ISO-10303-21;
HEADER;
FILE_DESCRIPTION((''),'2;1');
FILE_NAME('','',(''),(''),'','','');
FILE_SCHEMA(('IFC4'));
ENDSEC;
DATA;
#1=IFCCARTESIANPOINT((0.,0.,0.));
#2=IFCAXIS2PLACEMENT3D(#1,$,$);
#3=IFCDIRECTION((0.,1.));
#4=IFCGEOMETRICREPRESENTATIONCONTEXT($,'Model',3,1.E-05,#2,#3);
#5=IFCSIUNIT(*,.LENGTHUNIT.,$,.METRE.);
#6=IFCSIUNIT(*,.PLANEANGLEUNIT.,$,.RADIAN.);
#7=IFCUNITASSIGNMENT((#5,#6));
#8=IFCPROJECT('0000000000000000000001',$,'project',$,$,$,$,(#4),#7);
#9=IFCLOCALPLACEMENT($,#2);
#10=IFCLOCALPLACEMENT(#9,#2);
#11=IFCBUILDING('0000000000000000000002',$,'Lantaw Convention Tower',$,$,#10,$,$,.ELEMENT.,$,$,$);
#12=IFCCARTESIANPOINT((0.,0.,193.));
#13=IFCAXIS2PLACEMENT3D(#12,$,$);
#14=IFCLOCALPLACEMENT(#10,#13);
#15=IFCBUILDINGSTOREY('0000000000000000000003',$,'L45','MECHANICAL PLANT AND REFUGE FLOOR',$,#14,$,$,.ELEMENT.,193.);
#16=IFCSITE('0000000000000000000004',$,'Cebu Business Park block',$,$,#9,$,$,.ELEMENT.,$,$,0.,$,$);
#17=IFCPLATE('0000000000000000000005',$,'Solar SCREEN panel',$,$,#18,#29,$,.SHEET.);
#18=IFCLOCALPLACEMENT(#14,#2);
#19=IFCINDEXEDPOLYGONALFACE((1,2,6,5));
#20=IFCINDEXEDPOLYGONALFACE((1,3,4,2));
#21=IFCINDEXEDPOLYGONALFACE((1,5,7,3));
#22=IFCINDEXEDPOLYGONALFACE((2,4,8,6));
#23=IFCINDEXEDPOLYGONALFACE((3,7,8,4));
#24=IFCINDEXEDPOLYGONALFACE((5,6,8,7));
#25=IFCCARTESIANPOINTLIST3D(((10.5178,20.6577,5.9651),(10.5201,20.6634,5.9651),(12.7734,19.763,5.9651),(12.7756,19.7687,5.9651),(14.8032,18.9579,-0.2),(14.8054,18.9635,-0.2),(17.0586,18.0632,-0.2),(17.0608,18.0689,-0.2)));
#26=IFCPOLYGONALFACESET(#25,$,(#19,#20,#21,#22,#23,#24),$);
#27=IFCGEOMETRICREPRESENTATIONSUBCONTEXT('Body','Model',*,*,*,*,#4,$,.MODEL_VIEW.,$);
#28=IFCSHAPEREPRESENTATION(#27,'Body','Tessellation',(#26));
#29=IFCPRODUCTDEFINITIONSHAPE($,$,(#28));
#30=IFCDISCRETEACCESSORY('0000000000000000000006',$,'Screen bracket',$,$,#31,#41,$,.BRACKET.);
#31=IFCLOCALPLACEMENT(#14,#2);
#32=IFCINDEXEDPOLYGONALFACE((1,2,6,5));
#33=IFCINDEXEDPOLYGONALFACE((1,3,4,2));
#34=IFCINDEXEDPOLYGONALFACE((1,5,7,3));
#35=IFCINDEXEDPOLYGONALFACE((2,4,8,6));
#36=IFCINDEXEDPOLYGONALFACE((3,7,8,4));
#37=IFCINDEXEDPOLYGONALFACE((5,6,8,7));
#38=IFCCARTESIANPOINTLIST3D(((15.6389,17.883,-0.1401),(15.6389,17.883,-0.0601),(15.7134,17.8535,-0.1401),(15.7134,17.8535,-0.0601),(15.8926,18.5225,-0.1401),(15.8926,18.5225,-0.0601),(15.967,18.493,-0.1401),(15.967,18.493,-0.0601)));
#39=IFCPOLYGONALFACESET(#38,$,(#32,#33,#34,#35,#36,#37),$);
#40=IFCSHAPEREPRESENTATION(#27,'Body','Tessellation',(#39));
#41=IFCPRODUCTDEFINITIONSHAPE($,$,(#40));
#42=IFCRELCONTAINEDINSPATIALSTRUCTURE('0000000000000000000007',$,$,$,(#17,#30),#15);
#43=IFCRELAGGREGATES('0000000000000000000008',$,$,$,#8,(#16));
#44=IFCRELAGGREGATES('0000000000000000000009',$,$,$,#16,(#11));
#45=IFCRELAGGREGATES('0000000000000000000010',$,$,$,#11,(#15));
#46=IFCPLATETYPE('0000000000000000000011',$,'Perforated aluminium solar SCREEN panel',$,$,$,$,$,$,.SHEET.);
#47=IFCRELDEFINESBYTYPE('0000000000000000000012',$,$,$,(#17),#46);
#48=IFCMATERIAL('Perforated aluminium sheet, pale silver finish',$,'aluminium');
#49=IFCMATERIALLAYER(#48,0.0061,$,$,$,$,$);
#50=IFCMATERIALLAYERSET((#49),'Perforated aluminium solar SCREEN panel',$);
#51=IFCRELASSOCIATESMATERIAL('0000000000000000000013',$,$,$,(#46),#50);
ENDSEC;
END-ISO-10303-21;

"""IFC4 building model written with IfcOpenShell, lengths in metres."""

from ifc_helpers import new_model, si_unit, direction, frame, origin, origin_2d, place, context, subcontext, project, spatial, polyline, rectangle, outline, extrude, material, layer, layer_set, type_object, element, save


model = new_model("IFC4")

# Units and contexts
model_context = context("Model", 3, precision=1e-05, world=origin(), true_north=direction((0.0, 1.0)))
body_context = subcontext(model_context, "Body", "Model", "MODEL_VIEW")
ifc_project = project(units=[si_unit("LENGTHUNIT", "METRE"), si_unit("PLANEANGLEUNIT", "RADIAN")], contexts=[model_context])

# Site, building, storey
site_placement = place(None, origin())
site = spatial("IfcSite", under=ifc_project, at=site_placement, Name="Cebu Business Park block", CompositionType="ELEMENT", RefElevation=0.0)
building_placement = place(site_placement, origin())
building = spatial("IfcBuilding", under=site, at=building_placement, Name="Lantaw Convention Tower", CompositionType="ELEMENT")
storey_placement = place(building_placement, frame((0.0, 0.0, 193.0)))
storey = spatial("IfcBuildingStorey", under=building, at=storey_placement, Name="L45", Description="MECHANICAL PLANT AND REFUGE FLOOR", CompositionType="ELEMENT", Elevation=193.0)

# Plate
ifc_material_1 = material(Name="Perforated aluminium sheet, pale silver finish", Category="aluminium")
ifc_layer_1 = layer(ifc_material_1, 0.0061)
ifc_layer_set_1 = layer_set([ifc_layer_1], Name="Perforated aluminium solar SCREEN panel")
plate_type_1 = type_object("IfcPlateType", Name="Perforated aluminium solar SCREEN panel", PredefinedType="SHEET", material=ifc_layer_set_1)
plate_1_placement = place(storey_placement, frame((17.0586, 18.0632, -0.2), z_axis=(-0.368709, -0.929545, 0.000008), x_axis=(-0.929545, 0.368709, 0.0)))
element("IfcPlate", 1, at=plate_1_placement, inside=storey, type_object=plate_type_1, Name="Solar SCREEN panel", PredefinedType="SHEET", context=body_context, shape_type="SweptSolid", body=[
    extrude(outline(polyline([(0.0, 0.0), (2.4264, 0.0), (7.0365, -6.165), (4.61, -6.165), (0.0, 0.0)])), origin(), (0.0, 0.0, -1.0), 0.0061),
])

# Discrete accessory
discrete_accessory_placement = place(storey_placement, frame((15.803, 18.188, -0.1401), z_axis=(0.0, 0.0, 1.0), x_axis=(-0.929548, 0.368702, 0.0)))
element("IfcDiscreteAccessory", 2, at=discrete_accessory_placement, inside=storey, Name="Screen bracket", PredefinedType="BRACKET", context=body_context, shape_type="SweptSolid", body=[
    extrude(rectangle(XDim=0.0801, YDim=0.688, at=origin_2d()), origin(), (0.0, 0.0, 1.0), 0.0801),
])

save(model, "model.ifc")
